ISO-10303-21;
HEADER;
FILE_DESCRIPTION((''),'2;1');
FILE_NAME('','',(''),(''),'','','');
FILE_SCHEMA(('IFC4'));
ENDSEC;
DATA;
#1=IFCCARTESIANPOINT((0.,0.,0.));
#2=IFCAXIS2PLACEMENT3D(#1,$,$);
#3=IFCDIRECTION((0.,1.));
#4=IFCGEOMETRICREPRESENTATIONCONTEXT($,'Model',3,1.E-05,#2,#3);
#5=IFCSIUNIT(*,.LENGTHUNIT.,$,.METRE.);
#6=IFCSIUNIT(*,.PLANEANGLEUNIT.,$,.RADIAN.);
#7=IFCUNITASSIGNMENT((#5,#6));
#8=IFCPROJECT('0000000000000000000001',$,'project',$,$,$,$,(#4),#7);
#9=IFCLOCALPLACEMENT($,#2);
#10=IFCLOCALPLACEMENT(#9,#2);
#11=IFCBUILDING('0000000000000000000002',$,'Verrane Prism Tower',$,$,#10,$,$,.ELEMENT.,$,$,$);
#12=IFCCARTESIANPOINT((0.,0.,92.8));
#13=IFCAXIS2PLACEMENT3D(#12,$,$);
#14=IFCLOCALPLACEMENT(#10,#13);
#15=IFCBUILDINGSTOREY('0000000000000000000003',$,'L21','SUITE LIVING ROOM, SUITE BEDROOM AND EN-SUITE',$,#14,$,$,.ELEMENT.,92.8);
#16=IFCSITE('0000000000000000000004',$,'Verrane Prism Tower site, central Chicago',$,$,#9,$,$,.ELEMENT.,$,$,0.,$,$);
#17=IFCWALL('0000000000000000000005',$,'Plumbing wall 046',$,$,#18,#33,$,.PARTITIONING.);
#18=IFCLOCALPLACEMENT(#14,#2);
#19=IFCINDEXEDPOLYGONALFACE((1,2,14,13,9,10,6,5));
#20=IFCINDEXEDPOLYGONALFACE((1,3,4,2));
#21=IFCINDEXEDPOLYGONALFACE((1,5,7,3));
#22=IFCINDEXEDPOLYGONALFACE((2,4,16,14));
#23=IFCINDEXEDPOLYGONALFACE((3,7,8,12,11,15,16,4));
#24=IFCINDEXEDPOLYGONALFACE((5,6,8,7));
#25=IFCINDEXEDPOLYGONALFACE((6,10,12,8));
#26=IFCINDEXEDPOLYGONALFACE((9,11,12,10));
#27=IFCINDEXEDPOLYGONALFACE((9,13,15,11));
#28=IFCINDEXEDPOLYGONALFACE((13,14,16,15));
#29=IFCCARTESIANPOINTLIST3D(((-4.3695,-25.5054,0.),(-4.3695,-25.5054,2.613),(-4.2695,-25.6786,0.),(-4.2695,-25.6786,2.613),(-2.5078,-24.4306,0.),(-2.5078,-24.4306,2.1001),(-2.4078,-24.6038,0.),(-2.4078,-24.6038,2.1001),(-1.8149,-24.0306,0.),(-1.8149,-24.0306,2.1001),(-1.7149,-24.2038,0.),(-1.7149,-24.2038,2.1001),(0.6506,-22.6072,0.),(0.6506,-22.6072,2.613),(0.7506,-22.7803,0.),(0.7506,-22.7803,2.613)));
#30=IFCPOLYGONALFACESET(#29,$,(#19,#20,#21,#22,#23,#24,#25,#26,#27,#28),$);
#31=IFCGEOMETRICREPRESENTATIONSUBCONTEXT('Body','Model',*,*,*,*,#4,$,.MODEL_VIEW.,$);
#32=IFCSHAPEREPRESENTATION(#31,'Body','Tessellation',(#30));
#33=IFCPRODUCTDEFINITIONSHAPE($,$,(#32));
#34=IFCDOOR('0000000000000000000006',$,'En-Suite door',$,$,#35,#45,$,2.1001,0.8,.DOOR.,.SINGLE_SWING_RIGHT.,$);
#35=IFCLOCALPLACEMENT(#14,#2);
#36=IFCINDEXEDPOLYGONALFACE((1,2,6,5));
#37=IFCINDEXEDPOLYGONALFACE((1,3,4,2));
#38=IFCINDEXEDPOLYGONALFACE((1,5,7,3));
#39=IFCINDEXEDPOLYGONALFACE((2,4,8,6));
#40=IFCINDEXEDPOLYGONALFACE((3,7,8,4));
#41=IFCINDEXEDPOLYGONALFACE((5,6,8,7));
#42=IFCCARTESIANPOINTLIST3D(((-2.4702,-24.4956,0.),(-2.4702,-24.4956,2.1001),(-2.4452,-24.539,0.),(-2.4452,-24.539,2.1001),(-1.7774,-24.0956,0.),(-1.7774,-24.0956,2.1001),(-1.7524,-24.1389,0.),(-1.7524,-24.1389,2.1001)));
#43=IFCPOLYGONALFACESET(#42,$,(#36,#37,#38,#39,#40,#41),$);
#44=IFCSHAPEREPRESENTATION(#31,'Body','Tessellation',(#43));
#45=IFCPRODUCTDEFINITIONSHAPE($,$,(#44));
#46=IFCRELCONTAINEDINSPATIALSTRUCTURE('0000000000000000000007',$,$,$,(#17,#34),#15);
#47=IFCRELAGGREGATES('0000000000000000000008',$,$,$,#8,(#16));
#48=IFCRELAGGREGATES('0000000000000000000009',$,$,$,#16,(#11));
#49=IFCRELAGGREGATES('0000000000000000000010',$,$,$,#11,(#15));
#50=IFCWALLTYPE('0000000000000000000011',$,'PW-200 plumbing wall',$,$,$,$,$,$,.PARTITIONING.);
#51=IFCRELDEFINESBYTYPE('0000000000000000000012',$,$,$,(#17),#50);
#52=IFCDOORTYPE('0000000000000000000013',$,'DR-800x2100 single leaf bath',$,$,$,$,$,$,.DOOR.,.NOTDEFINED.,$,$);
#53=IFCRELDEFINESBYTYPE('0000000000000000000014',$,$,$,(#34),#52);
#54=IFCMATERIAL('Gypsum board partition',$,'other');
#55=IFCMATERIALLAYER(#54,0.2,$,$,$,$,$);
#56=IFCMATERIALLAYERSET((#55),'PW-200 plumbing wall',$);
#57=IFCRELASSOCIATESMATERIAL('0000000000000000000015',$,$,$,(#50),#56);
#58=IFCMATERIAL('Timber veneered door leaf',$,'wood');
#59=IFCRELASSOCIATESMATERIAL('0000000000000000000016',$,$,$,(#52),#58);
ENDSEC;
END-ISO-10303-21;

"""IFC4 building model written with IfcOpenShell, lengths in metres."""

from ifc_helpers import new_model, si_unit, direction, frame, frame_2d, origin, place, context, subcontext, project, spatial, rectangle, extrude, material, layer, layer_set, type_object, element, fill, save


model = new_model("IFC4")

# Units and contexts
model_context = context("Model", 3, precision=1e-05, world=origin(), true_north=direction((0.0, 1.0)))
body_context = subcontext(model_context, "Body", "Model", "MODEL_VIEW")
ifc_project = project(units=[si_unit("LENGTHUNIT", "METRE"), si_unit("PLANEANGLEUNIT", "RADIAN")], contexts=[model_context])

# Site, building, storey
site_placement = place(None, origin())
site = spatial("IfcSite", under=ifc_project, at=site_placement, Name="Verrane Prism Tower site, central Chicago", CompositionType="ELEMENT", RefElevation=0.0)
building_placement = place(site_placement, origin())
building = spatial("IfcBuilding", under=site, at=building_placement, Name="Verrane Prism Tower", CompositionType="ELEMENT")
storey_placement = place(building_placement, frame((0.0, 0.0, 92.8)))
storey = spatial("IfcBuildingStorey", under=building, at=storey_placement, Name="L21", Description="SUITE LIVING ROOM, SUITE BEDROOM AND EN-SUITE", CompositionType="ELEMENT", Elevation=92.8)

# Shared definitions
ifc_material_1 = material(Name="Gypsum board partition", Category="other")
ifc_layer_1 = layer(ifc_material_1, 0.2)
ifc_layer_set_1 = layer_set([ifc_layer_1], Name="PW-200 plumbing wall")
wall_type_1 = type_object("IfcWallType", Name="PW-200 plumbing wall", PredefinedType="PARTITIONING", material=ifc_layer_set_1)

# Shared definitions
ifc_material_2 = material(Name="Timber veneered door leaf", Category="wood")
door_type_1 = type_object("IfcDoorType", Name="DR-800x2100 single leaf bath", OperationType="NOTDEFINED", PredefinedType="DOOR", material=ifc_material_2)

# Wall, opening, door
wall_1_placement = place(storey_placement, frame((-4.3196, -25.592, 0.0), z_axis=(0.0, 0.0, 1.0), x_axis=(0.866034, 0.499985, 0.0)))
wall_1 = element("IfcWall", 1, at=wall_1_placement, inside=storey, type_object=wall_type_1, Name="Plumbing wall 046", PredefinedType="PARTITIONING", context=body_context, shape_type="SweptSolid", body=[
    extrude(rectangle(XDim=5.7966, YDim=0.2, at=frame_2d((2.8984, 0.0))), origin(), (0.0, 0.0, 1.0), 2.613),
])
opening_1_placement = place(wall_1_placement, frame((2.1499, 0.0, 0.0)))
opening_1 = element("IfcOpeningElement", 2, at=opening_1_placement, cuts=wall_1, PredefinedType="OPENING", context=body_context, shape_type="SweptSolid", body=[
    extrude(rectangle(XDim=0.8, YDim=2.1001, at=frame_2d((0.3999, 1.05))), frame((0.0, 0.1099, 0.0), z_axis=(0.0, -1.0, 0.0), x_axis=(1.0, 0.0, 0.0)), (0.0, 0.0, 1.0), 0.22),
])
door_1_placement = place(opening_1_placement, origin())
door_1 = element("IfcDoor", 3, at=door_1_placement, inside=storey, type_object=door_type_1, Name="En-Suite door", OperationType="SINGLE_SWING_RIGHT", OverallHeight=2.1001, OverallWidth=0.8, PredefinedType="DOOR", context=body_context, shape_type="SweptSolid", body=[
    extrude(rectangle(XDim=0.8, YDim=2.1001, at=frame_2d((0.3999, 1.05))), frame((0.0, 0.0249, 0.0), z_axis=(0.0, -1.0, 0.0), x_axis=(1.0, 0.0, 0.0)), (0.0, 0.0, 1.0), 0.05),
])
fill(opening_1, door_1)

save(model, "model.ifc")
